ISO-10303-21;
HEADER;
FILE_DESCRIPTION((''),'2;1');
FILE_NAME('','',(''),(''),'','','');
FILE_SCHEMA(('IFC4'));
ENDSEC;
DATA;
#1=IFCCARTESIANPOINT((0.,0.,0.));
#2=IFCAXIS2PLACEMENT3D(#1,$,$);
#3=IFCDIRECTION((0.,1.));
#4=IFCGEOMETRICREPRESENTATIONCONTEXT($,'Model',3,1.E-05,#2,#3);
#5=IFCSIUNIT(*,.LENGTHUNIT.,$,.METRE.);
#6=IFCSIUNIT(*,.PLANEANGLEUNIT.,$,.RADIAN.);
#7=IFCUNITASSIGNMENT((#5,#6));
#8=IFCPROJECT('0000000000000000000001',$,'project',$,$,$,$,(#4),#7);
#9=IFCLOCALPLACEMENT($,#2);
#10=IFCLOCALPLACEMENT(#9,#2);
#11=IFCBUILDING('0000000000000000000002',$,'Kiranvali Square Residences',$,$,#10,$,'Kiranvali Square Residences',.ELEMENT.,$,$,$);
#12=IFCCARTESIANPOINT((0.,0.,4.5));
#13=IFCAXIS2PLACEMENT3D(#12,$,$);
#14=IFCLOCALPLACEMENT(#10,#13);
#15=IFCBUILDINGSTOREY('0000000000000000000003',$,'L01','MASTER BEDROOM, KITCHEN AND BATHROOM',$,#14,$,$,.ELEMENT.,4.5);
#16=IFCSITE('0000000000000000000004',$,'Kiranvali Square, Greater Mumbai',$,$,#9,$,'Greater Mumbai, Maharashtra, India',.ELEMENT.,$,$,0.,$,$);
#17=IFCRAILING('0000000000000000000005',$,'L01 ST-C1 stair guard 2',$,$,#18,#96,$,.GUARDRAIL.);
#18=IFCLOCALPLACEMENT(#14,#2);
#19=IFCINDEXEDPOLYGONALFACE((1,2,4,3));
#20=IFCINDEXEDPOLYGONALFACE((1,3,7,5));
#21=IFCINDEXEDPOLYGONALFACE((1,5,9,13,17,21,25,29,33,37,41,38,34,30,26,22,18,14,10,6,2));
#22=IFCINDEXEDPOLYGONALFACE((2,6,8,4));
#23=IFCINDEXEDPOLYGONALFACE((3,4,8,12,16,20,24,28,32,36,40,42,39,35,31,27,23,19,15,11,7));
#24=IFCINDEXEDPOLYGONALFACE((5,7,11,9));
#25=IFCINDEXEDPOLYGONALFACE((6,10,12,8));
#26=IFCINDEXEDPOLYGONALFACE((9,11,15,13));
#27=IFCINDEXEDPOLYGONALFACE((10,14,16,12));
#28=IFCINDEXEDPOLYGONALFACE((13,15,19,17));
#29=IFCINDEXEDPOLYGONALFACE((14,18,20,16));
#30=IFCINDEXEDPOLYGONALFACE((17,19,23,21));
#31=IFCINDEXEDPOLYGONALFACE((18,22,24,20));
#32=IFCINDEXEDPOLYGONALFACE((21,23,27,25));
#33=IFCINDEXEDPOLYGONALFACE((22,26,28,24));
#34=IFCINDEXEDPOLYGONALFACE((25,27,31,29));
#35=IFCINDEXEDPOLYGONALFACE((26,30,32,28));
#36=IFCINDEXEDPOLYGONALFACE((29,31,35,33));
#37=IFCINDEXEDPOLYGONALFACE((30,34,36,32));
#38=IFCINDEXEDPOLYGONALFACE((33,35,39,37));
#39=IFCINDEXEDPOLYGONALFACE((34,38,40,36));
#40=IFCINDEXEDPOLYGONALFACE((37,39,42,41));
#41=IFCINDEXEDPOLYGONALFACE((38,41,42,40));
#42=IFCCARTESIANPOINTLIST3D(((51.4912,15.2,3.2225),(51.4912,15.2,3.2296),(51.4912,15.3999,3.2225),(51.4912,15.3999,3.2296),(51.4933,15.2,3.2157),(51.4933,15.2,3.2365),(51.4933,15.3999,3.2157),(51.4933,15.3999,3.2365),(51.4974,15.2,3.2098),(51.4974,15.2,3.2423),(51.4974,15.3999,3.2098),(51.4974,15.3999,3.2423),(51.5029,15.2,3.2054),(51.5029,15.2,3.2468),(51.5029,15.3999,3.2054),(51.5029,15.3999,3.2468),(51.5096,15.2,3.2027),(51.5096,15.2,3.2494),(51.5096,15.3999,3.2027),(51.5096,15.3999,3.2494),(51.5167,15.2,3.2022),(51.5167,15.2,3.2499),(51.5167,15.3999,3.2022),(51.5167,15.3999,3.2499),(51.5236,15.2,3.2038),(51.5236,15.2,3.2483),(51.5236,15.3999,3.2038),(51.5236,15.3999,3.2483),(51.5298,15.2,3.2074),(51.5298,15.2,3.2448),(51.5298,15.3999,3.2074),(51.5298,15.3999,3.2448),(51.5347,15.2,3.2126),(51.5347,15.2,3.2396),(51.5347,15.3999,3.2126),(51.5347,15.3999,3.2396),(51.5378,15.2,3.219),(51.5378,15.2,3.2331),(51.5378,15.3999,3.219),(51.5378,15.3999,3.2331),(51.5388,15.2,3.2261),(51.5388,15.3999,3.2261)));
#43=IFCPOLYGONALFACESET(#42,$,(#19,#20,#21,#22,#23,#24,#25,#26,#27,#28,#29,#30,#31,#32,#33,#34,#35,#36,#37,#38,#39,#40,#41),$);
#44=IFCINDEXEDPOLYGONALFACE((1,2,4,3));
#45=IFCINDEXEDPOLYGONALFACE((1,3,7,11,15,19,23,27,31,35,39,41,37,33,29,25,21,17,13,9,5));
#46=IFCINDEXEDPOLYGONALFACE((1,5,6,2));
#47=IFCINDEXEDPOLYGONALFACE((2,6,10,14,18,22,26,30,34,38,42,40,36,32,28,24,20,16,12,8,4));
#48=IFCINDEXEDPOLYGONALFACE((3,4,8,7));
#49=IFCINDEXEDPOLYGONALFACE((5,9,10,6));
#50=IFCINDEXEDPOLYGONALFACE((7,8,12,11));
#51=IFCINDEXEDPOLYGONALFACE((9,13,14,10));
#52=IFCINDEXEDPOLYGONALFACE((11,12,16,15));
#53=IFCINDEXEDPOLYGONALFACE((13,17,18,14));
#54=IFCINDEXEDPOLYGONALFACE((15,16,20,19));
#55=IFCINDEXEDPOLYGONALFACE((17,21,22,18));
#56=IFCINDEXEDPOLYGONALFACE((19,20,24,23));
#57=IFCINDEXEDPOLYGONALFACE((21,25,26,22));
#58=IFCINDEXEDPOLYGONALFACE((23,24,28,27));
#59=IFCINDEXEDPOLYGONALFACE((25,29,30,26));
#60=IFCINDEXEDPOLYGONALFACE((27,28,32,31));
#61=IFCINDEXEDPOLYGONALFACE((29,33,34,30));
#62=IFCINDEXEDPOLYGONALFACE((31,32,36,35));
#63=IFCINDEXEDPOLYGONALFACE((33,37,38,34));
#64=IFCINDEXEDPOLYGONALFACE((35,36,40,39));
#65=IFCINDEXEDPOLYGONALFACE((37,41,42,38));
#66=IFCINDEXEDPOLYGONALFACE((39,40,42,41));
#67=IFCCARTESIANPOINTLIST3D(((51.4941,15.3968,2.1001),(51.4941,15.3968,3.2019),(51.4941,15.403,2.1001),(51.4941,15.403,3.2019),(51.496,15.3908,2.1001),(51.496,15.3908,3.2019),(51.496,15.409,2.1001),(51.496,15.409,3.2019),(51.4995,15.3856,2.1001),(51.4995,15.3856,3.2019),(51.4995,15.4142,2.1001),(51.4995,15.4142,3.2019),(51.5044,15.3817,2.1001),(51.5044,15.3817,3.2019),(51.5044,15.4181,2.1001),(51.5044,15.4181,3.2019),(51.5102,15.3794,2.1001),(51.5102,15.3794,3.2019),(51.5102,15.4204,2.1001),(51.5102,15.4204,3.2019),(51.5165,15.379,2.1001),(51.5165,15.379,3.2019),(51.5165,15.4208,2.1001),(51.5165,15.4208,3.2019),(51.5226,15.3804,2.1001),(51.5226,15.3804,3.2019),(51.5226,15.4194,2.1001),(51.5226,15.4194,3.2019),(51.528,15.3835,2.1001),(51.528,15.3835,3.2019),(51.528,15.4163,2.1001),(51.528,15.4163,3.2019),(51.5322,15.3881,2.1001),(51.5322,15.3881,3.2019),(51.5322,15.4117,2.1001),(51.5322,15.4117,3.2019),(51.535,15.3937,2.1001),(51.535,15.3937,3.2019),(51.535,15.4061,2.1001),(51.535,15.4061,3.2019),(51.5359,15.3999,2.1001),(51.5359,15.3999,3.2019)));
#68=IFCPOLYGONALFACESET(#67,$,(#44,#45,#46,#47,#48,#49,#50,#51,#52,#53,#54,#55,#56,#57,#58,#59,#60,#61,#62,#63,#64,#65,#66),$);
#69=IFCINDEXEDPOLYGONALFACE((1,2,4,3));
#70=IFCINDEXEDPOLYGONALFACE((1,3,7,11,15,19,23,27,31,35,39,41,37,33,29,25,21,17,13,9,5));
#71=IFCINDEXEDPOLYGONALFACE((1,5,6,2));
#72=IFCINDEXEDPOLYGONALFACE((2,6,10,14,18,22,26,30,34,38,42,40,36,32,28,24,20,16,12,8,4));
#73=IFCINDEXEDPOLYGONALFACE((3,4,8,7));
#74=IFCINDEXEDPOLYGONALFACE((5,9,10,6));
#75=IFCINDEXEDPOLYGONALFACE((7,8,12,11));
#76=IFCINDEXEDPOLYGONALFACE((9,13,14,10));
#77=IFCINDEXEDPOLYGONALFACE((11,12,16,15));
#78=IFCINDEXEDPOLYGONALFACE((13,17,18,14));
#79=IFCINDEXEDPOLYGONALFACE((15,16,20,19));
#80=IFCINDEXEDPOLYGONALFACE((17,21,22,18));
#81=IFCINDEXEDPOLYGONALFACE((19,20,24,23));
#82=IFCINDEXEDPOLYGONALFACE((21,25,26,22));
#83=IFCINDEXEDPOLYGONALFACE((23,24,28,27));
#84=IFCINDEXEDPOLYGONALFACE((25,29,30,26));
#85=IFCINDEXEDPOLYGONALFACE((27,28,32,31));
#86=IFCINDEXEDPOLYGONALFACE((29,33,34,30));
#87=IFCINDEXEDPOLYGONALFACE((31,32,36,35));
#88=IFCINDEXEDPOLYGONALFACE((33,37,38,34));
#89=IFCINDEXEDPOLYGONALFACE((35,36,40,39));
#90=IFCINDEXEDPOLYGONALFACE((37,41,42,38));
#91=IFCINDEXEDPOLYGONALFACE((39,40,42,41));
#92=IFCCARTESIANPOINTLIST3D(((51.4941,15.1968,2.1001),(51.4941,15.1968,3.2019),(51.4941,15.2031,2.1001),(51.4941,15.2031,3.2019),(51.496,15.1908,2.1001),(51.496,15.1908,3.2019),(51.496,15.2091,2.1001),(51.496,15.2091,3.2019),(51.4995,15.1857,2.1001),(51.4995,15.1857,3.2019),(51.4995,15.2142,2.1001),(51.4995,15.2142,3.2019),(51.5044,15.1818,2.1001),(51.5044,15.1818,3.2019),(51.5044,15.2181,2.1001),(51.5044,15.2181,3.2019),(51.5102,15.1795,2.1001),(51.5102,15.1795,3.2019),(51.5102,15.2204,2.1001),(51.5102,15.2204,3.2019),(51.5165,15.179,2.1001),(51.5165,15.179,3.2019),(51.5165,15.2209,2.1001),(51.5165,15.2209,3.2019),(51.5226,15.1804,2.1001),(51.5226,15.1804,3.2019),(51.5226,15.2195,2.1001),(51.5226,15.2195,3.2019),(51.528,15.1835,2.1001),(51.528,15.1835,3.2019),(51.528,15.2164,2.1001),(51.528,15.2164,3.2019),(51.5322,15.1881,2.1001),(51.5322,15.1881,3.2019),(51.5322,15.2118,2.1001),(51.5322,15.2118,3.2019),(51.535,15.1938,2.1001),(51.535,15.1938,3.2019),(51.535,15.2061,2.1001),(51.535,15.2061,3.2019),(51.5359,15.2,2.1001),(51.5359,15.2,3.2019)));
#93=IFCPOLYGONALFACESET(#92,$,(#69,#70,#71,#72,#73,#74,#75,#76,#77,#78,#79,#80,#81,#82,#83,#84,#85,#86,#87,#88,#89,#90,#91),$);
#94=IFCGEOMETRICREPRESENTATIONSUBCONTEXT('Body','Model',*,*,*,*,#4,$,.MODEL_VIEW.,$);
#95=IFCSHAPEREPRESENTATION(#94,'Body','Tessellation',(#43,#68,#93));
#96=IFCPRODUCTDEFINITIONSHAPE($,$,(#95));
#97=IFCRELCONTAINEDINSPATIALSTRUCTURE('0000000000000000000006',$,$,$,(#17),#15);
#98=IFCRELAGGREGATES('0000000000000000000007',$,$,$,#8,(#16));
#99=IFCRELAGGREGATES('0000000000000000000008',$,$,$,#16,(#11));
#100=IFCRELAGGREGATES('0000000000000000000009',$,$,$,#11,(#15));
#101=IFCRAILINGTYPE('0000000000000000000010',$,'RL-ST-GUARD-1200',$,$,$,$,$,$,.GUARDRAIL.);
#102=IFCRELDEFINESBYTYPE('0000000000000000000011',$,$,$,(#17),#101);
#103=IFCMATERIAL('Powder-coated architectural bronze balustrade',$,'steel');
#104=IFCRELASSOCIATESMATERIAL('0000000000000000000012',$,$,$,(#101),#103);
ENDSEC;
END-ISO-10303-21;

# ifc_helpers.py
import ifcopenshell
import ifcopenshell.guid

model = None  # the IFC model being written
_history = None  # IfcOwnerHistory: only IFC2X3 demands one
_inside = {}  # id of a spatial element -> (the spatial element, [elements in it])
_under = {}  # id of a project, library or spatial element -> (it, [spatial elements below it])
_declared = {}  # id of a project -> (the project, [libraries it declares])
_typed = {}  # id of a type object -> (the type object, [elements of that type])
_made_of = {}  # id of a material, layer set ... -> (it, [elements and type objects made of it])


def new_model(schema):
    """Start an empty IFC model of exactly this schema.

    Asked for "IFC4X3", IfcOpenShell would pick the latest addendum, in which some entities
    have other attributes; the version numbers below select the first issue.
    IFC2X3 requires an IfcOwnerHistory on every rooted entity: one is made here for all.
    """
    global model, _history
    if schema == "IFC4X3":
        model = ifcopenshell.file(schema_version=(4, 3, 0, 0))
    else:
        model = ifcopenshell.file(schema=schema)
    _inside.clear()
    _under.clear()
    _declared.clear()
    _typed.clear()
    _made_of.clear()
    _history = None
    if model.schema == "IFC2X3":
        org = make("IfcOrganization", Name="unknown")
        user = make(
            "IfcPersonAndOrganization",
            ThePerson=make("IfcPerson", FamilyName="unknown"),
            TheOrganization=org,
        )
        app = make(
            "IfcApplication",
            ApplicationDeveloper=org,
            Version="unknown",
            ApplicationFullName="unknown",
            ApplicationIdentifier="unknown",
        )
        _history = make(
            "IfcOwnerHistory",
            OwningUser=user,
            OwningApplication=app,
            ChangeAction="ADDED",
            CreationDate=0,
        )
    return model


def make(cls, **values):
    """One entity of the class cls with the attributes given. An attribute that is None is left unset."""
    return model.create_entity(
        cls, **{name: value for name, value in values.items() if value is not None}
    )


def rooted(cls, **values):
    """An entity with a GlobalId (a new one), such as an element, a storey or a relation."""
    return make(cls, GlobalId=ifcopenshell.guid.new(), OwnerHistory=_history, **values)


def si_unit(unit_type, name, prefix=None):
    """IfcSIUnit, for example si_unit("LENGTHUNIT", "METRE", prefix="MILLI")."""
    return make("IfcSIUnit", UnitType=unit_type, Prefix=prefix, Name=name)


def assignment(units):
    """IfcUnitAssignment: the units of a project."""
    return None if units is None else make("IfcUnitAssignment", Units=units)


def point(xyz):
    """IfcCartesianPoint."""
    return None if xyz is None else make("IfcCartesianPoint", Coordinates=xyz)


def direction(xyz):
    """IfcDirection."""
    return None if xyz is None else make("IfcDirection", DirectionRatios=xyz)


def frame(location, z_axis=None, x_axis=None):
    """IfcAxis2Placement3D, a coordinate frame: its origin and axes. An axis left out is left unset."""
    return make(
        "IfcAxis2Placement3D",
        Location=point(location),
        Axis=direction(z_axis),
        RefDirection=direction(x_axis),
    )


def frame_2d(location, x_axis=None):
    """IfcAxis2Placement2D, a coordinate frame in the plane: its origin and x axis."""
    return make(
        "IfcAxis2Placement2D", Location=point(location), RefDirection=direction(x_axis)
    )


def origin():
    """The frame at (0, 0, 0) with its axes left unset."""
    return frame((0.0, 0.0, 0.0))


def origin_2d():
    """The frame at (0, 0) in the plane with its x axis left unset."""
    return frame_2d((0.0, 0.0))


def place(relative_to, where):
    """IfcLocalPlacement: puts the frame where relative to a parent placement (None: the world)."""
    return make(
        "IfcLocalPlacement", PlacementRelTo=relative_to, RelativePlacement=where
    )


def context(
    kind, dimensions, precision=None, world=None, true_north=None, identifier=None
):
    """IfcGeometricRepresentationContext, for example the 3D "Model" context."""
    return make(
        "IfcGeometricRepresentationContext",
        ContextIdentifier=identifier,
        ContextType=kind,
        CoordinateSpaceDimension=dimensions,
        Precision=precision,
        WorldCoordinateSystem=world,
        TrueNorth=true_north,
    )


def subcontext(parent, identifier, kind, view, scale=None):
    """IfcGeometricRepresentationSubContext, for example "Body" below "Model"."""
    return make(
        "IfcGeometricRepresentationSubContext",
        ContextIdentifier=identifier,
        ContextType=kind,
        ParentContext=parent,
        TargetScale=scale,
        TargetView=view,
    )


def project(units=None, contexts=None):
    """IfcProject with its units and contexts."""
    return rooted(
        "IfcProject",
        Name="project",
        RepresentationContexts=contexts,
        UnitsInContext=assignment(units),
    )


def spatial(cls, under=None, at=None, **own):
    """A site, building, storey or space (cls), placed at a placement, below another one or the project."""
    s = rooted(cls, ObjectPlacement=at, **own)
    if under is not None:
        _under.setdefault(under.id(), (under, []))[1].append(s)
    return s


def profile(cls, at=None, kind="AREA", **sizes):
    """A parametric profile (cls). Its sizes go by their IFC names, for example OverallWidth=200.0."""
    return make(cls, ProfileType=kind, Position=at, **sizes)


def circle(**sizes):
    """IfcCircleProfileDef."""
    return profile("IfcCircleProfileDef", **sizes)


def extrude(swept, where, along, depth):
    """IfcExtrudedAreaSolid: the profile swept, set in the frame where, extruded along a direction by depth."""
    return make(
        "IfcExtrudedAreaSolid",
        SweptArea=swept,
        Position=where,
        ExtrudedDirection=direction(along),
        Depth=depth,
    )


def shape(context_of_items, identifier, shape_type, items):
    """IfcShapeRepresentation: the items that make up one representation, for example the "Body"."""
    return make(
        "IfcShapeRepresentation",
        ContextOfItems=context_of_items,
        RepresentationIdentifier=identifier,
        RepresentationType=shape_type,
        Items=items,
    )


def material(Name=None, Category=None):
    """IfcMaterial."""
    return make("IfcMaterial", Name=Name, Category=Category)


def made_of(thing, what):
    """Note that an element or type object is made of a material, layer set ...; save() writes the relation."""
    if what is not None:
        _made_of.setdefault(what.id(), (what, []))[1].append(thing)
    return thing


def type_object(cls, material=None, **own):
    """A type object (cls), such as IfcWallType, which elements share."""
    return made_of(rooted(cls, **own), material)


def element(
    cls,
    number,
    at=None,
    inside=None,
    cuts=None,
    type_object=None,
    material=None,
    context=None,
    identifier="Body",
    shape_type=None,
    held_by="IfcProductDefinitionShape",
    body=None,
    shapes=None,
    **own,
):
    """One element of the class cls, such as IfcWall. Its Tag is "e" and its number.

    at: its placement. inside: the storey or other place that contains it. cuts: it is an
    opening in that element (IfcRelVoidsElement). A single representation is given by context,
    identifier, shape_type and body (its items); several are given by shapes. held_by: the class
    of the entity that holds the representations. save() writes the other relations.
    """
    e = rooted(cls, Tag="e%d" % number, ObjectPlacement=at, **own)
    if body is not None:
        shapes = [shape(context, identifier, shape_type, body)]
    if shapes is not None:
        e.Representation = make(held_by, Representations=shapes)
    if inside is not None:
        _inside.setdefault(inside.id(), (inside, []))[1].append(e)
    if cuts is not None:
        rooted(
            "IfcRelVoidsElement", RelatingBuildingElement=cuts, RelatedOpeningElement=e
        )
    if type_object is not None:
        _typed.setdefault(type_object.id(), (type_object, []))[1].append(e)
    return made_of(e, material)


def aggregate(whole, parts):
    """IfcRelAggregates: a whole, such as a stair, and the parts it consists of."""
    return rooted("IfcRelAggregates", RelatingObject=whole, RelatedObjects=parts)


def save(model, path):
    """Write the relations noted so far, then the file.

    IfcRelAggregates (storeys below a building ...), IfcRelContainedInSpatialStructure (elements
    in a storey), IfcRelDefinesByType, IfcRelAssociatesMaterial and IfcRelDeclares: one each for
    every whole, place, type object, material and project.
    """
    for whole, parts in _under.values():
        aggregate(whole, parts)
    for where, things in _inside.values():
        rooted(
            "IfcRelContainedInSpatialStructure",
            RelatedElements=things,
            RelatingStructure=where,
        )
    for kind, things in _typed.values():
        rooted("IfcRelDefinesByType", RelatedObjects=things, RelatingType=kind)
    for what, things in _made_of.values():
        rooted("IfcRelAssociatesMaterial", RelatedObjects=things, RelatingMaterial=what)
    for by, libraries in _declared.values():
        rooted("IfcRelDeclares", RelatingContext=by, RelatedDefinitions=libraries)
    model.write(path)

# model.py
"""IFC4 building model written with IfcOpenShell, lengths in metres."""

from ifc_helpers import new_model, si_unit, direction, frame, origin, origin_2d, place, context, subcontext, project, spatial, circle, extrude, material, type_object, element, save


model = new_model("IFC4")

# Units and contexts
model_context = context("Model", 3, precision=1e-05, world=origin(), true_north=direction((0.0, 1.0)))
body_context = subcontext(model_context, "Body", "Model", "MODEL_VIEW")
ifc_project = project(units=[si_unit("LENGTHUNIT", "METRE"), si_unit("PLANEANGLEUNIT", "RADIAN")], contexts=[model_context])

# Site, building, storey
site_placement = place(None, origin())
site = spatial("IfcSite", under=ifc_project, at=site_placement, Name="Kiranvali Square, Greater Mumbai", LongName="Greater Mumbai, Maharashtra, India", CompositionType="ELEMENT", RefElevation=0.0)
building_placement = place(site_placement, origin())
building = spatial("IfcBuilding", under=site, at=building_placement, Name="Kiranvali Square Residences", LongName="Kiranvali Square Residences", CompositionType="ELEMENT")
storey_placement = place(building_placement, frame((0.0, 0.0, 4.5)))
storey = spatial("IfcBuildingStorey", under=building, at=storey_placement, Name="L01", Description="MASTER BEDROOM, KITCHEN AND BATHROOM", CompositionType="ELEMENT", Elevation=4.5)

# Railing
ifc_material_1 = material(Name="Powder-coated architectural bronze balustrade", Category="steel")
railing_type_1 = type_object("IfcRailingType", Name="RL-ST-GUARD-1200", PredefinedType="GUARDRAIL", material=ifc_material_1)
railing_1_placement = place(storey_placement, frame((51.5149, 15.3999, 2.1001)))
element("IfcRailing", 1, at=railing_1_placement, inside=storey, type_object=railing_type_1, Name="L01 ST-C1 stair guard 2", PredefinedType="GUARDRAIL", context=body_context, shape_type="SweptSolid", body=[
    extrude(circle(Radius=0.0239, at=origin_2d()), frame((0.0, 0.0, 1.126), z_axis=(0.0, -1.0, 0.0), x_axis=(1.0, 0.0, 0.0)), (0.0, 0.0, 1.0), 0.2),
    extrude(circle(Radius=0.021, at=origin_2d()), origin(), (0.0, 0.0, 1.0), 1.1018),
    extrude(circle(Radius=0.021, at=origin_2d()), frame((0.0, -0.2, 0.0)), (0.0, 0.0, 1.0), 1.1018),
])

save(model, "model.ifc")
